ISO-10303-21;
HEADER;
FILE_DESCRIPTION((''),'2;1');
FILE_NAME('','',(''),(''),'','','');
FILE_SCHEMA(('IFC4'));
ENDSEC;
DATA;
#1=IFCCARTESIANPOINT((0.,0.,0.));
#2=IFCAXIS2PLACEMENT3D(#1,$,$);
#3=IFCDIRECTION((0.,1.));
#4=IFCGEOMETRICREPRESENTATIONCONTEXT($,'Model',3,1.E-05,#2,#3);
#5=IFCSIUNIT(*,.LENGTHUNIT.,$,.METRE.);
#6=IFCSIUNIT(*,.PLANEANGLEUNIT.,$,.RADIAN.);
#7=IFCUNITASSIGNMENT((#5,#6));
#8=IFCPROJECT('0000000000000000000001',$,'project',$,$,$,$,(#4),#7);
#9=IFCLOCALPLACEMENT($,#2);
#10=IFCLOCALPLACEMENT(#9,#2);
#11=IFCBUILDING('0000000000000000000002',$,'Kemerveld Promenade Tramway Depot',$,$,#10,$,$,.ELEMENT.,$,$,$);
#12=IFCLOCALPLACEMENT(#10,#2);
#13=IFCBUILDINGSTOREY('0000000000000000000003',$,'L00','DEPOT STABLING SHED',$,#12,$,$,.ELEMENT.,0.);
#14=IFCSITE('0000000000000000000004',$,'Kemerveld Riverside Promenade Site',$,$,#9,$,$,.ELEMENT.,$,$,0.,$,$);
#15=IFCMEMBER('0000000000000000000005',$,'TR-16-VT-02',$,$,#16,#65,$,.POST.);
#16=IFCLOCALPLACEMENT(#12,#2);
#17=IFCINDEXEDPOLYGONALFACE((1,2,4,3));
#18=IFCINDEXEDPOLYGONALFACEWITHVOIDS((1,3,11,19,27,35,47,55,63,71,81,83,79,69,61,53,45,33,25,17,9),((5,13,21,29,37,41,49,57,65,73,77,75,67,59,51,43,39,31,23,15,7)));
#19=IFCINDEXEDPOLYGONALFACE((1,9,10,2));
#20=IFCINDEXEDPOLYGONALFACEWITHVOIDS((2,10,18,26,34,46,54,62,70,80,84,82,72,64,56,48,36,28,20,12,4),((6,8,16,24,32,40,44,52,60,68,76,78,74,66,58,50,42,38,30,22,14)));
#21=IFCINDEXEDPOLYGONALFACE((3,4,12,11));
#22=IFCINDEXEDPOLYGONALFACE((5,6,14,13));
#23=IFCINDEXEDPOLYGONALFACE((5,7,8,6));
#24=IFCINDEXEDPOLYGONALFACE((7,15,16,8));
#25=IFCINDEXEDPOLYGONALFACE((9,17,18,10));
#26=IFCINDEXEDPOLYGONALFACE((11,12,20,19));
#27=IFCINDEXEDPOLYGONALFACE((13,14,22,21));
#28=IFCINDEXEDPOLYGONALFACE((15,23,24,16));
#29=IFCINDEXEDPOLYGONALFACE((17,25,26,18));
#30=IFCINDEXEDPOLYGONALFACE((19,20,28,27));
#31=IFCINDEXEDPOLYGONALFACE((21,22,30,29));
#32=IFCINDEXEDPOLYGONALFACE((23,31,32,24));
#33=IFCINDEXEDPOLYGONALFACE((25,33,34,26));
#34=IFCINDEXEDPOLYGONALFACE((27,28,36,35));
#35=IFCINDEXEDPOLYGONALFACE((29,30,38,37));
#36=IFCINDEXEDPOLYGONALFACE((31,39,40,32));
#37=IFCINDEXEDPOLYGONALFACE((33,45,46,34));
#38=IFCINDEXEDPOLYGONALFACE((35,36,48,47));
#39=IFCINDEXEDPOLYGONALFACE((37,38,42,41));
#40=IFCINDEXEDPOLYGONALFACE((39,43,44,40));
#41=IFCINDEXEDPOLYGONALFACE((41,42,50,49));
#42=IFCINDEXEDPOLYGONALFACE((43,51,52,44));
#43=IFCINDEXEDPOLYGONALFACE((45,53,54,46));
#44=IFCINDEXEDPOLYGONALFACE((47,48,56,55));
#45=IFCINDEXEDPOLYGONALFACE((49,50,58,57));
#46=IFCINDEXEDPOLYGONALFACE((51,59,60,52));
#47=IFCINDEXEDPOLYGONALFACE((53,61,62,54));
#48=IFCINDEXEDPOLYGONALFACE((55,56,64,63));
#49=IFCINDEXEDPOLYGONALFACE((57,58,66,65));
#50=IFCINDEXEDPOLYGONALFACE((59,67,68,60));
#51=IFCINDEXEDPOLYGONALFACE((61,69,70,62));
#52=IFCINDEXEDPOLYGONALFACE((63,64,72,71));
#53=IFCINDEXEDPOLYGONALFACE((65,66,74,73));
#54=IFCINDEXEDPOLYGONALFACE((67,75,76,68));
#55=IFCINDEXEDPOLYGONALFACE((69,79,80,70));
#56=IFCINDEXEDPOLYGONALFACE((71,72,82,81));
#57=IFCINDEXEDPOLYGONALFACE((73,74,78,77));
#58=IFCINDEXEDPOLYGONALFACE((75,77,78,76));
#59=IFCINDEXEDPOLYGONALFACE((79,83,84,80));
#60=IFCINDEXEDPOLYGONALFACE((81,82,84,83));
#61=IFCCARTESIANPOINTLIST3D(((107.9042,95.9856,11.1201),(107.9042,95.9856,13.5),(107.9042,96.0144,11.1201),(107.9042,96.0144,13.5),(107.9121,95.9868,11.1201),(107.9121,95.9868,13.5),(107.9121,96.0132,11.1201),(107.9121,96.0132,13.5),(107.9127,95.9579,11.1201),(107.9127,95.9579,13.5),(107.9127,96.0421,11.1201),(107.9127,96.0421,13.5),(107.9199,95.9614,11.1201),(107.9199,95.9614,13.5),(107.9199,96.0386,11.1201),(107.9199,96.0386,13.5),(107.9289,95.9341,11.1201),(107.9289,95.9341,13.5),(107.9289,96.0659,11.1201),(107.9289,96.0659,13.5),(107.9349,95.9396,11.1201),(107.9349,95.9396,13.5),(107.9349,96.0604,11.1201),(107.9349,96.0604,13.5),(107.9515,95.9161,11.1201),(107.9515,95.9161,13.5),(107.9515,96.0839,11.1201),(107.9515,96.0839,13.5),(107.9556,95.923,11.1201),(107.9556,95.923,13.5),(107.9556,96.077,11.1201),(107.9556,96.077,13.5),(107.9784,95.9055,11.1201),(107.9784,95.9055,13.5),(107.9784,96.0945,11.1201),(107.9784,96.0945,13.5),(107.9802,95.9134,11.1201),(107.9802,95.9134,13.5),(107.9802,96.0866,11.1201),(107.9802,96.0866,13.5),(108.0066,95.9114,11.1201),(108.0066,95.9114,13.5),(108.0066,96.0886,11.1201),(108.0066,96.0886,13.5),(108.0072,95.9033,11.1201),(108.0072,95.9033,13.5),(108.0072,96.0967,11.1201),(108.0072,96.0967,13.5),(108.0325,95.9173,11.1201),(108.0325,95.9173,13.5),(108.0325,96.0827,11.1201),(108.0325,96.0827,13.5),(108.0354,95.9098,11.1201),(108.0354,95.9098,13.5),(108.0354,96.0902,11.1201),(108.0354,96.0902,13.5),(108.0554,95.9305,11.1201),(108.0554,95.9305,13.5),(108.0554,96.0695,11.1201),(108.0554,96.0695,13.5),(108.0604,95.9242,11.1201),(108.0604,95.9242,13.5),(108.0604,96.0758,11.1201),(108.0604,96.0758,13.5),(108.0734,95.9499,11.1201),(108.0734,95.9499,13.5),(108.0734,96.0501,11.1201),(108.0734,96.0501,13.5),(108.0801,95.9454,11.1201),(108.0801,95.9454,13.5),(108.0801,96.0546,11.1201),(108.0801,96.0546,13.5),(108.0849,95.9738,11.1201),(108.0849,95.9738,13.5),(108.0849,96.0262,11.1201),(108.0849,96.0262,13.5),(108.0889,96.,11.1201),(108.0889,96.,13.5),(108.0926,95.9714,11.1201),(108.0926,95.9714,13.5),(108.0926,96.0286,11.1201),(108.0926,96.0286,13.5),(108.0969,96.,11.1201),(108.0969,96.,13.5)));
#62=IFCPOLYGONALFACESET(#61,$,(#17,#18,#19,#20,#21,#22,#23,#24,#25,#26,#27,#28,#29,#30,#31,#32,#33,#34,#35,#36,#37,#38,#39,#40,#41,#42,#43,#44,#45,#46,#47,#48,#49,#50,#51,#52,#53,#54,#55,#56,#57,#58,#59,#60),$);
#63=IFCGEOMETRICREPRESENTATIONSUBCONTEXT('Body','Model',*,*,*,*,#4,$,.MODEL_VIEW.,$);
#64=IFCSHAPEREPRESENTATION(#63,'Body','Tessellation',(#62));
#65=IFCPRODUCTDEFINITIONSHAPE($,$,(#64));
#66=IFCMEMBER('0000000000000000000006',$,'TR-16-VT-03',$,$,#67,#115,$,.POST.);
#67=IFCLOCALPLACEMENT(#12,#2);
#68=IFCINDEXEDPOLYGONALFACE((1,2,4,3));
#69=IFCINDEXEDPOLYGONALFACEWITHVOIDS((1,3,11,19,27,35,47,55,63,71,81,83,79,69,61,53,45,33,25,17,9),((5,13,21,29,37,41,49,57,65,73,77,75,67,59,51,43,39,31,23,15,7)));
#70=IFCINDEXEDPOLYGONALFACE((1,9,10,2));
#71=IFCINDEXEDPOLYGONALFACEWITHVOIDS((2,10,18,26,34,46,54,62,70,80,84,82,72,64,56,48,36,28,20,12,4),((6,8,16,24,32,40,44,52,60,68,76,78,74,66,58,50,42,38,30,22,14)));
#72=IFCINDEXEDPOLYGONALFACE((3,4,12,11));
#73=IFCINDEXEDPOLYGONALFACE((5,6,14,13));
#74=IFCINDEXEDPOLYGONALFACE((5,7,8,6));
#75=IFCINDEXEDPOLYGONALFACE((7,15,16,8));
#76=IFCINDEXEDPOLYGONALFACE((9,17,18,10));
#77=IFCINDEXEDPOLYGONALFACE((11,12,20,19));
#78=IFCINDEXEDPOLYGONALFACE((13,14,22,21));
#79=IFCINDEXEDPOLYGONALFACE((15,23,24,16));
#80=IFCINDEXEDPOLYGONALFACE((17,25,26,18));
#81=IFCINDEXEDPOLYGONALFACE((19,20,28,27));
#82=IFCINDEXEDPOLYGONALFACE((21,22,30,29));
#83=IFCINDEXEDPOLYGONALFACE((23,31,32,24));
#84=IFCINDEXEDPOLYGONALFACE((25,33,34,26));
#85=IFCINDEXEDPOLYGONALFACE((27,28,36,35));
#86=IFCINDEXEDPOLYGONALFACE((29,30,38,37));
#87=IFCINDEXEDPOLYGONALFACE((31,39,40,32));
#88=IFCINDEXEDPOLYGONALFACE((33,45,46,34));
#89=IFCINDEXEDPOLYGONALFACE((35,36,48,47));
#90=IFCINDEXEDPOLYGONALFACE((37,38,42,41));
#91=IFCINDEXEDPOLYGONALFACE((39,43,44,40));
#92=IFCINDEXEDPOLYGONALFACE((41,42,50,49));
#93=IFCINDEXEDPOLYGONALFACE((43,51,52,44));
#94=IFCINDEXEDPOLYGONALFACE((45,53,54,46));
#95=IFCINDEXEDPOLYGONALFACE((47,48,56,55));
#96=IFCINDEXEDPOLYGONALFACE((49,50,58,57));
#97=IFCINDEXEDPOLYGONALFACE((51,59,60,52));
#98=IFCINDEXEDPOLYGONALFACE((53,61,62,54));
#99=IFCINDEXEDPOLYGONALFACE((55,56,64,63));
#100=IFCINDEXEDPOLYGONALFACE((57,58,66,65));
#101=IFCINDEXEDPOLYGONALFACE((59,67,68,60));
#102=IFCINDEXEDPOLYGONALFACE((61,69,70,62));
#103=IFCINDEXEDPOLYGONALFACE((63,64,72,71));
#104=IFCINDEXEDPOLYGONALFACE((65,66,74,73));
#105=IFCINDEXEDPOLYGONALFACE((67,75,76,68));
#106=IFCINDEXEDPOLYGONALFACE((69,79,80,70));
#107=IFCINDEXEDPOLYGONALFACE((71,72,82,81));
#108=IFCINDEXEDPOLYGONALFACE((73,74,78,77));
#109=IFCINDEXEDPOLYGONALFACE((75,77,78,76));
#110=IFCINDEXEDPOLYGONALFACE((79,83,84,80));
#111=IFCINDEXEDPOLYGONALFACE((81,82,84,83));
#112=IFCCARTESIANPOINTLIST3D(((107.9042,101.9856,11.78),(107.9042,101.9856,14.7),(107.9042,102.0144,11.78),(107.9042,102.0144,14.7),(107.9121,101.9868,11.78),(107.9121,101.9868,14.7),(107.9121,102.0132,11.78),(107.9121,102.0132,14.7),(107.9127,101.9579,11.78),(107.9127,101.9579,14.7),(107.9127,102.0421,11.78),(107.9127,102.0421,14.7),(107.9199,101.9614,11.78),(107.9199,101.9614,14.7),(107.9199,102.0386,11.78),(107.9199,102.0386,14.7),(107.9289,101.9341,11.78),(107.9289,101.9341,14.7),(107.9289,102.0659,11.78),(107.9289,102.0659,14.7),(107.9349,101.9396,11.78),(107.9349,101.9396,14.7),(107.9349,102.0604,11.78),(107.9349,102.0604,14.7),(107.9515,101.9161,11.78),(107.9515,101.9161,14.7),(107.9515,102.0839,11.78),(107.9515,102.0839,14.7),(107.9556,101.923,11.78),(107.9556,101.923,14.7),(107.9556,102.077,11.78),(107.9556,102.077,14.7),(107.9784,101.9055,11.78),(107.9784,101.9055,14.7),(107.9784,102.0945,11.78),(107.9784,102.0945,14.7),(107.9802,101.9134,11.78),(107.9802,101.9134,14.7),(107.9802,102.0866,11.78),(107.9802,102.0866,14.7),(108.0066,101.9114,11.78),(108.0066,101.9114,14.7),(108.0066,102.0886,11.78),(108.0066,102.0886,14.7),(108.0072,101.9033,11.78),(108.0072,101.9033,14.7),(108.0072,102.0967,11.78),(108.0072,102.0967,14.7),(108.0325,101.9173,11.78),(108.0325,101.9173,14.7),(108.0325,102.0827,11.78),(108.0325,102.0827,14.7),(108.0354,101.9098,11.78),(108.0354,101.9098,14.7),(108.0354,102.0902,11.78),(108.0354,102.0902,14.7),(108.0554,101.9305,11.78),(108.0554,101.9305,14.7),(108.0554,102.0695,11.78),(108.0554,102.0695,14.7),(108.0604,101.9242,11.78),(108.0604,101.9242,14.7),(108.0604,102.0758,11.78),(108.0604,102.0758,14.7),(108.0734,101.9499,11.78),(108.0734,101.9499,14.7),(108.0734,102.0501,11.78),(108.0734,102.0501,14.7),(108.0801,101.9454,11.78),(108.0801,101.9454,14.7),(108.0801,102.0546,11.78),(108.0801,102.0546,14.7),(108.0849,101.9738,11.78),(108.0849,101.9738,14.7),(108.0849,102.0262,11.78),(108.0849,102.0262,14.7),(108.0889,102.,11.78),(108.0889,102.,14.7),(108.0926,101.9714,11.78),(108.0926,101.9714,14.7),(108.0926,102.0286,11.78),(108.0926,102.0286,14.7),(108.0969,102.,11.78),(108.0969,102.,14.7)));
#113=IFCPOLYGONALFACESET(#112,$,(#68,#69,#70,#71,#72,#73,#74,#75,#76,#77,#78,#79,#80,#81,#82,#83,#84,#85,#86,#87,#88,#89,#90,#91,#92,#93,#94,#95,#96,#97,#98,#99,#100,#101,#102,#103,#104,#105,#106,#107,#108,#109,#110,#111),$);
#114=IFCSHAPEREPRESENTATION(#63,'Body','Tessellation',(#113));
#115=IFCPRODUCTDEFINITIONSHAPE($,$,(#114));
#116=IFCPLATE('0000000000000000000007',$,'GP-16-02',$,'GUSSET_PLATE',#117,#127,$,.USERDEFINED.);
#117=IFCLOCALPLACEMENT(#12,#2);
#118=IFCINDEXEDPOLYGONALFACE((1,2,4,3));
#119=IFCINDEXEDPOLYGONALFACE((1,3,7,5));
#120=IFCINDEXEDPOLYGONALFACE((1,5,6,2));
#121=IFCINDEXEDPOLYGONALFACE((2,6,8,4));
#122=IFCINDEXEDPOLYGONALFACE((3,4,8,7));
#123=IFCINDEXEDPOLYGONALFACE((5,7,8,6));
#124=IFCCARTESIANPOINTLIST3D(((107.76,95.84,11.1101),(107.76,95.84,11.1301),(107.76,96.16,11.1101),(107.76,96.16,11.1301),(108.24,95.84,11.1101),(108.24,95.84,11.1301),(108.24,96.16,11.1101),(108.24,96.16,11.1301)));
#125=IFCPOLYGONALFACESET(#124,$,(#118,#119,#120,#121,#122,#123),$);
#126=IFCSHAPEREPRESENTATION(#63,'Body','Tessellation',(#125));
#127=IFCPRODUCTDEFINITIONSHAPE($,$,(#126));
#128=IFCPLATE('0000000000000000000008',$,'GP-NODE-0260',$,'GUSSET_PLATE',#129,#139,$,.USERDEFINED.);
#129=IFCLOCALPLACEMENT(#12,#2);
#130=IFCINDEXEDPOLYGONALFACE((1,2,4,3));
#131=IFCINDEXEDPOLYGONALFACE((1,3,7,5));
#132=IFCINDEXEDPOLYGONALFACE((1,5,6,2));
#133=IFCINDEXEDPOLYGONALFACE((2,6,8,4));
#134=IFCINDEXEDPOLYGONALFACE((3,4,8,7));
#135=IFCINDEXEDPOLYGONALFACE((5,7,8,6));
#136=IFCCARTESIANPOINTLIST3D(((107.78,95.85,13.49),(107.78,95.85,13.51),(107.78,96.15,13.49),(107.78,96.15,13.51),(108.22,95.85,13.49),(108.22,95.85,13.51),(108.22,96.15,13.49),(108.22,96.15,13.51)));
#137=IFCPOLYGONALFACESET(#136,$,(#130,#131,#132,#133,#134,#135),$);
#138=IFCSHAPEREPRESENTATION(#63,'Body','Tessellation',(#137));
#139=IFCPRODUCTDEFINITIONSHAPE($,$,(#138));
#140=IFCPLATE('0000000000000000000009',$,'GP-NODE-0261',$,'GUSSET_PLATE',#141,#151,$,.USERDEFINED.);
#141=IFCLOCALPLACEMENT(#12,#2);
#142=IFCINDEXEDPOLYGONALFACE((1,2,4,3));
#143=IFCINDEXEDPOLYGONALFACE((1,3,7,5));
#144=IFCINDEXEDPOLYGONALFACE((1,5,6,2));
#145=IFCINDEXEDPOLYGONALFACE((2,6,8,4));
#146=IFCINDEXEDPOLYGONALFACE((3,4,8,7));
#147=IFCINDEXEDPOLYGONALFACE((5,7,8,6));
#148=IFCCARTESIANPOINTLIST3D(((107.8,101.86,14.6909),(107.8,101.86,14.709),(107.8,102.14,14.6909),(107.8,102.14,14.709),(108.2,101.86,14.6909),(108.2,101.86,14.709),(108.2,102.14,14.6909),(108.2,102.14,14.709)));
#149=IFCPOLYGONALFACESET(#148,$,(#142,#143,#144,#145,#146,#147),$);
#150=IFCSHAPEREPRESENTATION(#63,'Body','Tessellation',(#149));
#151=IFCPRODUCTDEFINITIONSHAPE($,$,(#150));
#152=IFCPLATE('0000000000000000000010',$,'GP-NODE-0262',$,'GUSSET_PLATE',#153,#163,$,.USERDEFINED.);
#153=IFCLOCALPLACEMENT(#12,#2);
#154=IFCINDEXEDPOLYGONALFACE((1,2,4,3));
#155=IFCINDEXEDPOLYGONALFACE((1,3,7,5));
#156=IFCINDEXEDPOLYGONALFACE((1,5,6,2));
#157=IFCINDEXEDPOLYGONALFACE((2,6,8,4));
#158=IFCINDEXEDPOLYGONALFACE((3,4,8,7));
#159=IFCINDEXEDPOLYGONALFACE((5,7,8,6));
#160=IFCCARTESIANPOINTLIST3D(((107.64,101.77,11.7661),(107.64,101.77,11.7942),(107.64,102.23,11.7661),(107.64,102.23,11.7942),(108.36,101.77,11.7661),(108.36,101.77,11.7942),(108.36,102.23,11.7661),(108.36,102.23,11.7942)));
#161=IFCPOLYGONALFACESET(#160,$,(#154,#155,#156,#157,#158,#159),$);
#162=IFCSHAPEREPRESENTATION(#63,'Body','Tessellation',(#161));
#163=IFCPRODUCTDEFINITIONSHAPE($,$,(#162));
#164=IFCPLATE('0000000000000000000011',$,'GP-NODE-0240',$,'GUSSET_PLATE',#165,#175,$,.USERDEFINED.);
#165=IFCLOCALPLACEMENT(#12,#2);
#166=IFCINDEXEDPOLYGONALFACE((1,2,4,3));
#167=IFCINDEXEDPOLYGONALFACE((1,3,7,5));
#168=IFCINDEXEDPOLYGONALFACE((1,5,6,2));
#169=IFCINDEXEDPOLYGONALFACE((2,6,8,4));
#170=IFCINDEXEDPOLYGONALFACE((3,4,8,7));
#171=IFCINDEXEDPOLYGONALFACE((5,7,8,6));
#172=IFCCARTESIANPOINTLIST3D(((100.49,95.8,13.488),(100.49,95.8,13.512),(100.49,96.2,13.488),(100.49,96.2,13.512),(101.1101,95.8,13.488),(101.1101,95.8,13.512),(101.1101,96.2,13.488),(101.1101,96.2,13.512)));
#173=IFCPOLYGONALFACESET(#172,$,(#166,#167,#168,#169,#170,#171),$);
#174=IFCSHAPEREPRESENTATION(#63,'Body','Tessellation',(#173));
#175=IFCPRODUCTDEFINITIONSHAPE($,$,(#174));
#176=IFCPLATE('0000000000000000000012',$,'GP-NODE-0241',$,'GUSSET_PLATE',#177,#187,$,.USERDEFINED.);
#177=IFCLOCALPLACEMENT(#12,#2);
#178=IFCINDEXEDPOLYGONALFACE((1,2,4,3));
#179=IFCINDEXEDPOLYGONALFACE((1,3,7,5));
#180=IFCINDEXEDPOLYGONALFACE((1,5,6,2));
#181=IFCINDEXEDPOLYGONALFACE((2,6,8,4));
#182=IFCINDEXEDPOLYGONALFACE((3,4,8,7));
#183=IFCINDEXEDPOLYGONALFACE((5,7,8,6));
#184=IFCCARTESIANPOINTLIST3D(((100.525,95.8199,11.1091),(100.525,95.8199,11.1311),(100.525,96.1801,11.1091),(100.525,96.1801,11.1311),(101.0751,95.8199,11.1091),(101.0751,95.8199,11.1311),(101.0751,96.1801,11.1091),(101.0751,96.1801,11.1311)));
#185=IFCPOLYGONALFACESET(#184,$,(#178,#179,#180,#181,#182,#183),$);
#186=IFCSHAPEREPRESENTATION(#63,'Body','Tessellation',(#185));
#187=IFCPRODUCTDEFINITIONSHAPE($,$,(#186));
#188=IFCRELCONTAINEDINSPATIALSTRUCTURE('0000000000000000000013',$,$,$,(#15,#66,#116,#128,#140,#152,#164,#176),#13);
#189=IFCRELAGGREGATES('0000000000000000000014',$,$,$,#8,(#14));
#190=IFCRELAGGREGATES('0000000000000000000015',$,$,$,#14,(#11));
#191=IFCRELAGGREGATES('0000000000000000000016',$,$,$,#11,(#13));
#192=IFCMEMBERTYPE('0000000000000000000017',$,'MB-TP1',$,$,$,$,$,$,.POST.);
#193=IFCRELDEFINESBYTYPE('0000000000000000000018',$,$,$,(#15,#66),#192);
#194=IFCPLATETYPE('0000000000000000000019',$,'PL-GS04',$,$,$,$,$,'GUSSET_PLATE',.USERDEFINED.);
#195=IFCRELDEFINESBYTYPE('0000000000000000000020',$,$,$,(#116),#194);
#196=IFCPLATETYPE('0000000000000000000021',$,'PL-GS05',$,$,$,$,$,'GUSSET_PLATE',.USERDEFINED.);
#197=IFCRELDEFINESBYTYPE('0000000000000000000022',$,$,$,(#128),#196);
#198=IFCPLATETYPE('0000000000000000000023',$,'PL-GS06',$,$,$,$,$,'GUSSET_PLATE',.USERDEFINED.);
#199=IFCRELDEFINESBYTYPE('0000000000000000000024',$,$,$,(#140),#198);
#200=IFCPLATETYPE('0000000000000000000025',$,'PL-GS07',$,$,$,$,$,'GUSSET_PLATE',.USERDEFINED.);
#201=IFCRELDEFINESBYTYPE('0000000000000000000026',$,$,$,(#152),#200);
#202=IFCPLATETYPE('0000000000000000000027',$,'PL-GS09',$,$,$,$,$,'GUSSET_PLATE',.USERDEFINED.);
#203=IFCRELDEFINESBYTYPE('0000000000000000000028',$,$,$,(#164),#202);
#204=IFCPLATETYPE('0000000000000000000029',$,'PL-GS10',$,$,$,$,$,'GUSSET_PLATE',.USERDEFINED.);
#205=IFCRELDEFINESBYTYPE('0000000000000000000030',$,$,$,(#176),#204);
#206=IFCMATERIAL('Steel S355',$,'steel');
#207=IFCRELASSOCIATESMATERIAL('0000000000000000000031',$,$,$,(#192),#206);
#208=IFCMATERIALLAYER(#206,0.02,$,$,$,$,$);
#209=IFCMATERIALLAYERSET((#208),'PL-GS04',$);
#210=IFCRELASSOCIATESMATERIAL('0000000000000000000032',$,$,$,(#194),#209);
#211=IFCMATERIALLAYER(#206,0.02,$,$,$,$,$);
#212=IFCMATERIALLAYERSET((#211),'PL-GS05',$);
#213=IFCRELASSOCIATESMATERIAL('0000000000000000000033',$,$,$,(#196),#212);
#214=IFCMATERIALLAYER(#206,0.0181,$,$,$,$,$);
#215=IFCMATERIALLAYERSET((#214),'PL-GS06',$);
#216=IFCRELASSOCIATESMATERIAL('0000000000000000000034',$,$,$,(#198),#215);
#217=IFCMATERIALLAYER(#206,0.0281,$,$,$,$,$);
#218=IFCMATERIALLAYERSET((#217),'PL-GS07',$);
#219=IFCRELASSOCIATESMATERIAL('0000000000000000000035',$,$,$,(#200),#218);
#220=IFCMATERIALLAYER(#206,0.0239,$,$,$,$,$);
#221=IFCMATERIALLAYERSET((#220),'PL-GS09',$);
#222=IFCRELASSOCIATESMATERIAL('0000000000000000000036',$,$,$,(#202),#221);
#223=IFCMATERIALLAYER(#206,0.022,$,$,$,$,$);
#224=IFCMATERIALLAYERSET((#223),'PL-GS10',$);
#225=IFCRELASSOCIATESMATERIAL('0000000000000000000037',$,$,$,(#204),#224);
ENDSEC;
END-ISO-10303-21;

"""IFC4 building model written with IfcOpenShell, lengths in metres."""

from ifc_helpers import new_model, si_unit, direction, frame, origin, origin_2d, place, context, subcontext, project, spatial, rectangle, hollow_circle, extrude, material, layer, layer_set, material_profile, profile_set, type_object, element, save


model = new_model("IFC4")

# Units and contexts
model_context = context("Model", 3, precision=1e-05, world=origin(), true_north=direction((0.0, 1.0)))
body_context = subcontext(model_context, "Body", "Model", "MODEL_VIEW")
ifc_project = project(units=[si_unit("LENGTHUNIT", "METRE"), si_unit("PLANEANGLEUNIT", "RADIAN")], contexts=[model_context])

# Site, building, storey
site_placement = place(None, origin())
site = spatial("IfcSite", under=ifc_project, at=site_placement, Name="Kemerveld Riverside Promenade Site", CompositionType="ELEMENT", RefElevation=0.0)
building_placement = place(site_placement, origin())
building = spatial("IfcBuilding", under=site, at=building_placement, Name="Kemerveld Promenade Tramway Depot", CompositionType="ELEMENT")
storey_placement = place(building_placement, origin())
storey = spatial("IfcBuildingStorey", under=building, at=storey_placement, Name="L00", Description="DEPOT STABLING SHED", CompositionType="ELEMENT", Elevation=0.0)

# Members
ifc_material_1 = material(Name="Steel S355", Category="steel")
ifc_material_profile_1 = material_profile(ifc_material_1, hollow_circle(Radius=0.0969, WallThickness=0.0081, at=origin_2d()), Name="193.7x8.0 CHS")
ifc_profile_set_1 = profile_set([ifc_material_profile_1], Name="Steel S355")
member_type_1 = type_object("IfcMemberType", Name="MB-TP1", PredefinedType="POST", material=ifc_profile_set_1)
member_1_placement = place(storey_placement, frame((108.0, 96.0, 11.1201), z_axis=(0.0, 0.0, 1.0), x_axis=(1.0, 0.0, 0.0)))
element("IfcMember", 1, at=member_1_placement, inside=storey, type_object=member_type_1, Name="TR-16-VT-02", PredefinedType="POST", context=body_context, shape_type="SweptSolid", body=[
    extrude(hollow_circle(Radius=0.0969, WallThickness=0.0081, at=origin_2d()), origin(), (0.0, 0.0, 1.0), 2.3799),
])
member_2_placement = place(storey_placement, frame((108.0, 102.0, 11.78), z_axis=(0.0, 0.0, 1.0), x_axis=(1.0, 0.0, 0.0)))
element("IfcMember", 2, at=member_2_placement, inside=storey, type_object=member_type_1, Name="TR-16-VT-03", PredefinedType="POST", context=body_context, shape_type="SweptSolid", body=[
    extrude(hollow_circle(Radius=0.0969, WallThickness=0.0081, at=origin_2d()), origin(), (0.0, 0.0, 1.0), 2.9199),
])

# Plates
ifc_layer_1 = layer(ifc_material_1, 0.02)
ifc_layer_set_1 = layer_set([ifc_layer_1], Name="PL-GS04")
plate_type_1 = type_object("IfcPlateType", Name="PL-GS04", ElementType="GUSSET_PLATE", PredefinedType="USERDEFINED", material=ifc_layer_set_1)
plate_1_placement = place(storey_placement, frame((108.0, 96.0, 11.1101), z_axis=(0.0, 0.0, 1.0), x_axis=(1.0, 0.0, 0.0)))
element("IfcPlate", 3, at=plate_1_placement, inside=storey, type_object=plate_type_1, Name="GP-16-02", ObjectType="GUSSET_PLATE", PredefinedType="USERDEFINED", context=body_context, shape_type="SweptSolid", body=[
    extrude(rectangle(XDim=0.48, YDim=0.3201, at=origin_2d()), origin(), (0.0, 0.0, 1.0), 0.02),
])
ifc_layer_2 = layer(ifc_material_1, 0.02)
ifc_layer_set_2 = layer_set([ifc_layer_2], Name="PL-GS05")
plate_type_2 = type_object("IfcPlateType", Name="PL-GS05", ElementType="GUSSET_PLATE", PredefinedType="USERDEFINED", material=ifc_layer_set_2)
plate_2_placement = place(storey_placement, frame((108.0, 96.0, 13.49), z_axis=(0.0, 0.0, 1.0), x_axis=(1.0, 0.0, 0.0)))
element("IfcPlate", 4, at=plate_2_placement, inside=storey, type_object=plate_type_2, Name="GP-NODE-0260", ObjectType="GUSSET_PLATE", PredefinedType="USERDEFINED", context=body_context, shape_type="SweptSolid", body=[
    extrude(rectangle(XDim=0.4399, YDim=0.3, at=origin_2d()), origin(), (0.0, 0.0, 1.0), 0.02),
])
ifc_layer_3 = layer(ifc_material_1, 0.0181)
ifc_layer_set_3 = layer_set([ifc_layer_3], Name="PL-GS06")
plate_type_3 = type_object("IfcPlateType", Name="PL-GS06", ElementType="GUSSET_PLATE", PredefinedType="USERDEFINED", material=ifc_layer_set_3)
plate_3_placement = place(storey_placement, frame((108.0, 102.0, 14.6909), z_axis=(0.0, 0.0, 1.0), x_axis=(1.0, 0.0, 0.0)))
element("IfcPlate", 5, at=plate_3_placement, inside=storey, type_object=plate_type_3, Name="GP-NODE-0261", ObjectType="GUSSET_PLATE", PredefinedType="USERDEFINED", context=body_context, shape_type="SweptSolid", body=[
    extrude(rectangle(XDim=0.3999, YDim=0.28, at=origin_2d()), origin(), (0.0, 0.0, 1.0), 0.0181),
])
ifc_layer_4 = layer(ifc_material_1, 0.0281)
ifc_layer_set_4 = layer_set([ifc_layer_4], Name="PL-GS07")
plate_type_4 = type_object("IfcPlateType", Name="PL-GS07", ElementType="GUSSET_PLATE", PredefinedType="USERDEFINED", material=ifc_layer_set_4)
plate_4_placement = place(storey_placement, frame((108.0, 102.0, 11.7661), z_axis=(0.0, 0.0, 1.0), x_axis=(1.0, 0.0, 0.0)))
element("IfcPlate", 6, at=plate_4_placement, inside=storey, type_object=plate_type_4, Name="GP-NODE-0262", ObjectType="GUSSET_PLATE", PredefinedType="USERDEFINED", context=body_context, shape_type="SweptSolid", body=[
    extrude(rectangle(XDim=0.72, YDim=0.46, at=origin_2d()), origin(), (0.0, 0.0, 1.0), 0.0281),
])
ifc_layer_5 = layer(ifc_material_1, 0.0239)
ifc_layer_set_5 = layer_set([ifc_layer_5], Name="PL-GS09")
plate_type_5 = type_object("IfcPlateType", Name="PL-GS09", ElementType="GUSSET_PLATE", PredefinedType="USERDEFINED", material=ifc_layer_set_5)
plate_5_placement = place(storey_placement, frame((100.8, 96.0, 13.488), z_axis=(0.0, 0.0, 1.0), x_axis=(1.0, 0.0, 0.0)))
element("IfcPlate", 7, at=plate_5_placement, inside=storey, type_object=plate_type_5, Name="GP-NODE-0240", ObjectType="GUSSET_PLATE", PredefinedType="USERDEFINED", context=body_context, shape_type="SweptSolid", body=[
    extrude(rectangle(XDim=0.6201, YDim=0.3999, at=origin_2d()), origin(), (0.0, 0.0, 1.0), 0.0239),
])
ifc_layer_6 = layer(ifc_material_1, 0.022)
ifc_layer_set_6 = layer_set([ifc_layer_6], Name="PL-GS10")
plate_type_6 = type_object("IfcPlateType", Name="PL-GS10", ElementType="GUSSET_PLATE", PredefinedType="USERDEFINED", material=ifc_layer_set_6)
plate_6_placement = place(storey_placement, frame((100.8, 96.0, 11.1091), z_axis=(0.0, 0.0, 1.0), x_axis=(1.0, 0.0, 0.0)))
element("IfcPlate", 8, at=plate_6_placement, inside=storey, type_object=plate_type_6, Name="GP-NODE-0241", ObjectType="GUSSET_PLATE", PredefinedType="USERDEFINED", context=body_context, shape_type="SweptSolid", body=[
    extrude(rectangle(XDim=0.55, YDim=0.3601, at=origin_2d()), origin(), (0.0, 0.0, 1.0), 0.022),
])

save(model, "model.ifc")
